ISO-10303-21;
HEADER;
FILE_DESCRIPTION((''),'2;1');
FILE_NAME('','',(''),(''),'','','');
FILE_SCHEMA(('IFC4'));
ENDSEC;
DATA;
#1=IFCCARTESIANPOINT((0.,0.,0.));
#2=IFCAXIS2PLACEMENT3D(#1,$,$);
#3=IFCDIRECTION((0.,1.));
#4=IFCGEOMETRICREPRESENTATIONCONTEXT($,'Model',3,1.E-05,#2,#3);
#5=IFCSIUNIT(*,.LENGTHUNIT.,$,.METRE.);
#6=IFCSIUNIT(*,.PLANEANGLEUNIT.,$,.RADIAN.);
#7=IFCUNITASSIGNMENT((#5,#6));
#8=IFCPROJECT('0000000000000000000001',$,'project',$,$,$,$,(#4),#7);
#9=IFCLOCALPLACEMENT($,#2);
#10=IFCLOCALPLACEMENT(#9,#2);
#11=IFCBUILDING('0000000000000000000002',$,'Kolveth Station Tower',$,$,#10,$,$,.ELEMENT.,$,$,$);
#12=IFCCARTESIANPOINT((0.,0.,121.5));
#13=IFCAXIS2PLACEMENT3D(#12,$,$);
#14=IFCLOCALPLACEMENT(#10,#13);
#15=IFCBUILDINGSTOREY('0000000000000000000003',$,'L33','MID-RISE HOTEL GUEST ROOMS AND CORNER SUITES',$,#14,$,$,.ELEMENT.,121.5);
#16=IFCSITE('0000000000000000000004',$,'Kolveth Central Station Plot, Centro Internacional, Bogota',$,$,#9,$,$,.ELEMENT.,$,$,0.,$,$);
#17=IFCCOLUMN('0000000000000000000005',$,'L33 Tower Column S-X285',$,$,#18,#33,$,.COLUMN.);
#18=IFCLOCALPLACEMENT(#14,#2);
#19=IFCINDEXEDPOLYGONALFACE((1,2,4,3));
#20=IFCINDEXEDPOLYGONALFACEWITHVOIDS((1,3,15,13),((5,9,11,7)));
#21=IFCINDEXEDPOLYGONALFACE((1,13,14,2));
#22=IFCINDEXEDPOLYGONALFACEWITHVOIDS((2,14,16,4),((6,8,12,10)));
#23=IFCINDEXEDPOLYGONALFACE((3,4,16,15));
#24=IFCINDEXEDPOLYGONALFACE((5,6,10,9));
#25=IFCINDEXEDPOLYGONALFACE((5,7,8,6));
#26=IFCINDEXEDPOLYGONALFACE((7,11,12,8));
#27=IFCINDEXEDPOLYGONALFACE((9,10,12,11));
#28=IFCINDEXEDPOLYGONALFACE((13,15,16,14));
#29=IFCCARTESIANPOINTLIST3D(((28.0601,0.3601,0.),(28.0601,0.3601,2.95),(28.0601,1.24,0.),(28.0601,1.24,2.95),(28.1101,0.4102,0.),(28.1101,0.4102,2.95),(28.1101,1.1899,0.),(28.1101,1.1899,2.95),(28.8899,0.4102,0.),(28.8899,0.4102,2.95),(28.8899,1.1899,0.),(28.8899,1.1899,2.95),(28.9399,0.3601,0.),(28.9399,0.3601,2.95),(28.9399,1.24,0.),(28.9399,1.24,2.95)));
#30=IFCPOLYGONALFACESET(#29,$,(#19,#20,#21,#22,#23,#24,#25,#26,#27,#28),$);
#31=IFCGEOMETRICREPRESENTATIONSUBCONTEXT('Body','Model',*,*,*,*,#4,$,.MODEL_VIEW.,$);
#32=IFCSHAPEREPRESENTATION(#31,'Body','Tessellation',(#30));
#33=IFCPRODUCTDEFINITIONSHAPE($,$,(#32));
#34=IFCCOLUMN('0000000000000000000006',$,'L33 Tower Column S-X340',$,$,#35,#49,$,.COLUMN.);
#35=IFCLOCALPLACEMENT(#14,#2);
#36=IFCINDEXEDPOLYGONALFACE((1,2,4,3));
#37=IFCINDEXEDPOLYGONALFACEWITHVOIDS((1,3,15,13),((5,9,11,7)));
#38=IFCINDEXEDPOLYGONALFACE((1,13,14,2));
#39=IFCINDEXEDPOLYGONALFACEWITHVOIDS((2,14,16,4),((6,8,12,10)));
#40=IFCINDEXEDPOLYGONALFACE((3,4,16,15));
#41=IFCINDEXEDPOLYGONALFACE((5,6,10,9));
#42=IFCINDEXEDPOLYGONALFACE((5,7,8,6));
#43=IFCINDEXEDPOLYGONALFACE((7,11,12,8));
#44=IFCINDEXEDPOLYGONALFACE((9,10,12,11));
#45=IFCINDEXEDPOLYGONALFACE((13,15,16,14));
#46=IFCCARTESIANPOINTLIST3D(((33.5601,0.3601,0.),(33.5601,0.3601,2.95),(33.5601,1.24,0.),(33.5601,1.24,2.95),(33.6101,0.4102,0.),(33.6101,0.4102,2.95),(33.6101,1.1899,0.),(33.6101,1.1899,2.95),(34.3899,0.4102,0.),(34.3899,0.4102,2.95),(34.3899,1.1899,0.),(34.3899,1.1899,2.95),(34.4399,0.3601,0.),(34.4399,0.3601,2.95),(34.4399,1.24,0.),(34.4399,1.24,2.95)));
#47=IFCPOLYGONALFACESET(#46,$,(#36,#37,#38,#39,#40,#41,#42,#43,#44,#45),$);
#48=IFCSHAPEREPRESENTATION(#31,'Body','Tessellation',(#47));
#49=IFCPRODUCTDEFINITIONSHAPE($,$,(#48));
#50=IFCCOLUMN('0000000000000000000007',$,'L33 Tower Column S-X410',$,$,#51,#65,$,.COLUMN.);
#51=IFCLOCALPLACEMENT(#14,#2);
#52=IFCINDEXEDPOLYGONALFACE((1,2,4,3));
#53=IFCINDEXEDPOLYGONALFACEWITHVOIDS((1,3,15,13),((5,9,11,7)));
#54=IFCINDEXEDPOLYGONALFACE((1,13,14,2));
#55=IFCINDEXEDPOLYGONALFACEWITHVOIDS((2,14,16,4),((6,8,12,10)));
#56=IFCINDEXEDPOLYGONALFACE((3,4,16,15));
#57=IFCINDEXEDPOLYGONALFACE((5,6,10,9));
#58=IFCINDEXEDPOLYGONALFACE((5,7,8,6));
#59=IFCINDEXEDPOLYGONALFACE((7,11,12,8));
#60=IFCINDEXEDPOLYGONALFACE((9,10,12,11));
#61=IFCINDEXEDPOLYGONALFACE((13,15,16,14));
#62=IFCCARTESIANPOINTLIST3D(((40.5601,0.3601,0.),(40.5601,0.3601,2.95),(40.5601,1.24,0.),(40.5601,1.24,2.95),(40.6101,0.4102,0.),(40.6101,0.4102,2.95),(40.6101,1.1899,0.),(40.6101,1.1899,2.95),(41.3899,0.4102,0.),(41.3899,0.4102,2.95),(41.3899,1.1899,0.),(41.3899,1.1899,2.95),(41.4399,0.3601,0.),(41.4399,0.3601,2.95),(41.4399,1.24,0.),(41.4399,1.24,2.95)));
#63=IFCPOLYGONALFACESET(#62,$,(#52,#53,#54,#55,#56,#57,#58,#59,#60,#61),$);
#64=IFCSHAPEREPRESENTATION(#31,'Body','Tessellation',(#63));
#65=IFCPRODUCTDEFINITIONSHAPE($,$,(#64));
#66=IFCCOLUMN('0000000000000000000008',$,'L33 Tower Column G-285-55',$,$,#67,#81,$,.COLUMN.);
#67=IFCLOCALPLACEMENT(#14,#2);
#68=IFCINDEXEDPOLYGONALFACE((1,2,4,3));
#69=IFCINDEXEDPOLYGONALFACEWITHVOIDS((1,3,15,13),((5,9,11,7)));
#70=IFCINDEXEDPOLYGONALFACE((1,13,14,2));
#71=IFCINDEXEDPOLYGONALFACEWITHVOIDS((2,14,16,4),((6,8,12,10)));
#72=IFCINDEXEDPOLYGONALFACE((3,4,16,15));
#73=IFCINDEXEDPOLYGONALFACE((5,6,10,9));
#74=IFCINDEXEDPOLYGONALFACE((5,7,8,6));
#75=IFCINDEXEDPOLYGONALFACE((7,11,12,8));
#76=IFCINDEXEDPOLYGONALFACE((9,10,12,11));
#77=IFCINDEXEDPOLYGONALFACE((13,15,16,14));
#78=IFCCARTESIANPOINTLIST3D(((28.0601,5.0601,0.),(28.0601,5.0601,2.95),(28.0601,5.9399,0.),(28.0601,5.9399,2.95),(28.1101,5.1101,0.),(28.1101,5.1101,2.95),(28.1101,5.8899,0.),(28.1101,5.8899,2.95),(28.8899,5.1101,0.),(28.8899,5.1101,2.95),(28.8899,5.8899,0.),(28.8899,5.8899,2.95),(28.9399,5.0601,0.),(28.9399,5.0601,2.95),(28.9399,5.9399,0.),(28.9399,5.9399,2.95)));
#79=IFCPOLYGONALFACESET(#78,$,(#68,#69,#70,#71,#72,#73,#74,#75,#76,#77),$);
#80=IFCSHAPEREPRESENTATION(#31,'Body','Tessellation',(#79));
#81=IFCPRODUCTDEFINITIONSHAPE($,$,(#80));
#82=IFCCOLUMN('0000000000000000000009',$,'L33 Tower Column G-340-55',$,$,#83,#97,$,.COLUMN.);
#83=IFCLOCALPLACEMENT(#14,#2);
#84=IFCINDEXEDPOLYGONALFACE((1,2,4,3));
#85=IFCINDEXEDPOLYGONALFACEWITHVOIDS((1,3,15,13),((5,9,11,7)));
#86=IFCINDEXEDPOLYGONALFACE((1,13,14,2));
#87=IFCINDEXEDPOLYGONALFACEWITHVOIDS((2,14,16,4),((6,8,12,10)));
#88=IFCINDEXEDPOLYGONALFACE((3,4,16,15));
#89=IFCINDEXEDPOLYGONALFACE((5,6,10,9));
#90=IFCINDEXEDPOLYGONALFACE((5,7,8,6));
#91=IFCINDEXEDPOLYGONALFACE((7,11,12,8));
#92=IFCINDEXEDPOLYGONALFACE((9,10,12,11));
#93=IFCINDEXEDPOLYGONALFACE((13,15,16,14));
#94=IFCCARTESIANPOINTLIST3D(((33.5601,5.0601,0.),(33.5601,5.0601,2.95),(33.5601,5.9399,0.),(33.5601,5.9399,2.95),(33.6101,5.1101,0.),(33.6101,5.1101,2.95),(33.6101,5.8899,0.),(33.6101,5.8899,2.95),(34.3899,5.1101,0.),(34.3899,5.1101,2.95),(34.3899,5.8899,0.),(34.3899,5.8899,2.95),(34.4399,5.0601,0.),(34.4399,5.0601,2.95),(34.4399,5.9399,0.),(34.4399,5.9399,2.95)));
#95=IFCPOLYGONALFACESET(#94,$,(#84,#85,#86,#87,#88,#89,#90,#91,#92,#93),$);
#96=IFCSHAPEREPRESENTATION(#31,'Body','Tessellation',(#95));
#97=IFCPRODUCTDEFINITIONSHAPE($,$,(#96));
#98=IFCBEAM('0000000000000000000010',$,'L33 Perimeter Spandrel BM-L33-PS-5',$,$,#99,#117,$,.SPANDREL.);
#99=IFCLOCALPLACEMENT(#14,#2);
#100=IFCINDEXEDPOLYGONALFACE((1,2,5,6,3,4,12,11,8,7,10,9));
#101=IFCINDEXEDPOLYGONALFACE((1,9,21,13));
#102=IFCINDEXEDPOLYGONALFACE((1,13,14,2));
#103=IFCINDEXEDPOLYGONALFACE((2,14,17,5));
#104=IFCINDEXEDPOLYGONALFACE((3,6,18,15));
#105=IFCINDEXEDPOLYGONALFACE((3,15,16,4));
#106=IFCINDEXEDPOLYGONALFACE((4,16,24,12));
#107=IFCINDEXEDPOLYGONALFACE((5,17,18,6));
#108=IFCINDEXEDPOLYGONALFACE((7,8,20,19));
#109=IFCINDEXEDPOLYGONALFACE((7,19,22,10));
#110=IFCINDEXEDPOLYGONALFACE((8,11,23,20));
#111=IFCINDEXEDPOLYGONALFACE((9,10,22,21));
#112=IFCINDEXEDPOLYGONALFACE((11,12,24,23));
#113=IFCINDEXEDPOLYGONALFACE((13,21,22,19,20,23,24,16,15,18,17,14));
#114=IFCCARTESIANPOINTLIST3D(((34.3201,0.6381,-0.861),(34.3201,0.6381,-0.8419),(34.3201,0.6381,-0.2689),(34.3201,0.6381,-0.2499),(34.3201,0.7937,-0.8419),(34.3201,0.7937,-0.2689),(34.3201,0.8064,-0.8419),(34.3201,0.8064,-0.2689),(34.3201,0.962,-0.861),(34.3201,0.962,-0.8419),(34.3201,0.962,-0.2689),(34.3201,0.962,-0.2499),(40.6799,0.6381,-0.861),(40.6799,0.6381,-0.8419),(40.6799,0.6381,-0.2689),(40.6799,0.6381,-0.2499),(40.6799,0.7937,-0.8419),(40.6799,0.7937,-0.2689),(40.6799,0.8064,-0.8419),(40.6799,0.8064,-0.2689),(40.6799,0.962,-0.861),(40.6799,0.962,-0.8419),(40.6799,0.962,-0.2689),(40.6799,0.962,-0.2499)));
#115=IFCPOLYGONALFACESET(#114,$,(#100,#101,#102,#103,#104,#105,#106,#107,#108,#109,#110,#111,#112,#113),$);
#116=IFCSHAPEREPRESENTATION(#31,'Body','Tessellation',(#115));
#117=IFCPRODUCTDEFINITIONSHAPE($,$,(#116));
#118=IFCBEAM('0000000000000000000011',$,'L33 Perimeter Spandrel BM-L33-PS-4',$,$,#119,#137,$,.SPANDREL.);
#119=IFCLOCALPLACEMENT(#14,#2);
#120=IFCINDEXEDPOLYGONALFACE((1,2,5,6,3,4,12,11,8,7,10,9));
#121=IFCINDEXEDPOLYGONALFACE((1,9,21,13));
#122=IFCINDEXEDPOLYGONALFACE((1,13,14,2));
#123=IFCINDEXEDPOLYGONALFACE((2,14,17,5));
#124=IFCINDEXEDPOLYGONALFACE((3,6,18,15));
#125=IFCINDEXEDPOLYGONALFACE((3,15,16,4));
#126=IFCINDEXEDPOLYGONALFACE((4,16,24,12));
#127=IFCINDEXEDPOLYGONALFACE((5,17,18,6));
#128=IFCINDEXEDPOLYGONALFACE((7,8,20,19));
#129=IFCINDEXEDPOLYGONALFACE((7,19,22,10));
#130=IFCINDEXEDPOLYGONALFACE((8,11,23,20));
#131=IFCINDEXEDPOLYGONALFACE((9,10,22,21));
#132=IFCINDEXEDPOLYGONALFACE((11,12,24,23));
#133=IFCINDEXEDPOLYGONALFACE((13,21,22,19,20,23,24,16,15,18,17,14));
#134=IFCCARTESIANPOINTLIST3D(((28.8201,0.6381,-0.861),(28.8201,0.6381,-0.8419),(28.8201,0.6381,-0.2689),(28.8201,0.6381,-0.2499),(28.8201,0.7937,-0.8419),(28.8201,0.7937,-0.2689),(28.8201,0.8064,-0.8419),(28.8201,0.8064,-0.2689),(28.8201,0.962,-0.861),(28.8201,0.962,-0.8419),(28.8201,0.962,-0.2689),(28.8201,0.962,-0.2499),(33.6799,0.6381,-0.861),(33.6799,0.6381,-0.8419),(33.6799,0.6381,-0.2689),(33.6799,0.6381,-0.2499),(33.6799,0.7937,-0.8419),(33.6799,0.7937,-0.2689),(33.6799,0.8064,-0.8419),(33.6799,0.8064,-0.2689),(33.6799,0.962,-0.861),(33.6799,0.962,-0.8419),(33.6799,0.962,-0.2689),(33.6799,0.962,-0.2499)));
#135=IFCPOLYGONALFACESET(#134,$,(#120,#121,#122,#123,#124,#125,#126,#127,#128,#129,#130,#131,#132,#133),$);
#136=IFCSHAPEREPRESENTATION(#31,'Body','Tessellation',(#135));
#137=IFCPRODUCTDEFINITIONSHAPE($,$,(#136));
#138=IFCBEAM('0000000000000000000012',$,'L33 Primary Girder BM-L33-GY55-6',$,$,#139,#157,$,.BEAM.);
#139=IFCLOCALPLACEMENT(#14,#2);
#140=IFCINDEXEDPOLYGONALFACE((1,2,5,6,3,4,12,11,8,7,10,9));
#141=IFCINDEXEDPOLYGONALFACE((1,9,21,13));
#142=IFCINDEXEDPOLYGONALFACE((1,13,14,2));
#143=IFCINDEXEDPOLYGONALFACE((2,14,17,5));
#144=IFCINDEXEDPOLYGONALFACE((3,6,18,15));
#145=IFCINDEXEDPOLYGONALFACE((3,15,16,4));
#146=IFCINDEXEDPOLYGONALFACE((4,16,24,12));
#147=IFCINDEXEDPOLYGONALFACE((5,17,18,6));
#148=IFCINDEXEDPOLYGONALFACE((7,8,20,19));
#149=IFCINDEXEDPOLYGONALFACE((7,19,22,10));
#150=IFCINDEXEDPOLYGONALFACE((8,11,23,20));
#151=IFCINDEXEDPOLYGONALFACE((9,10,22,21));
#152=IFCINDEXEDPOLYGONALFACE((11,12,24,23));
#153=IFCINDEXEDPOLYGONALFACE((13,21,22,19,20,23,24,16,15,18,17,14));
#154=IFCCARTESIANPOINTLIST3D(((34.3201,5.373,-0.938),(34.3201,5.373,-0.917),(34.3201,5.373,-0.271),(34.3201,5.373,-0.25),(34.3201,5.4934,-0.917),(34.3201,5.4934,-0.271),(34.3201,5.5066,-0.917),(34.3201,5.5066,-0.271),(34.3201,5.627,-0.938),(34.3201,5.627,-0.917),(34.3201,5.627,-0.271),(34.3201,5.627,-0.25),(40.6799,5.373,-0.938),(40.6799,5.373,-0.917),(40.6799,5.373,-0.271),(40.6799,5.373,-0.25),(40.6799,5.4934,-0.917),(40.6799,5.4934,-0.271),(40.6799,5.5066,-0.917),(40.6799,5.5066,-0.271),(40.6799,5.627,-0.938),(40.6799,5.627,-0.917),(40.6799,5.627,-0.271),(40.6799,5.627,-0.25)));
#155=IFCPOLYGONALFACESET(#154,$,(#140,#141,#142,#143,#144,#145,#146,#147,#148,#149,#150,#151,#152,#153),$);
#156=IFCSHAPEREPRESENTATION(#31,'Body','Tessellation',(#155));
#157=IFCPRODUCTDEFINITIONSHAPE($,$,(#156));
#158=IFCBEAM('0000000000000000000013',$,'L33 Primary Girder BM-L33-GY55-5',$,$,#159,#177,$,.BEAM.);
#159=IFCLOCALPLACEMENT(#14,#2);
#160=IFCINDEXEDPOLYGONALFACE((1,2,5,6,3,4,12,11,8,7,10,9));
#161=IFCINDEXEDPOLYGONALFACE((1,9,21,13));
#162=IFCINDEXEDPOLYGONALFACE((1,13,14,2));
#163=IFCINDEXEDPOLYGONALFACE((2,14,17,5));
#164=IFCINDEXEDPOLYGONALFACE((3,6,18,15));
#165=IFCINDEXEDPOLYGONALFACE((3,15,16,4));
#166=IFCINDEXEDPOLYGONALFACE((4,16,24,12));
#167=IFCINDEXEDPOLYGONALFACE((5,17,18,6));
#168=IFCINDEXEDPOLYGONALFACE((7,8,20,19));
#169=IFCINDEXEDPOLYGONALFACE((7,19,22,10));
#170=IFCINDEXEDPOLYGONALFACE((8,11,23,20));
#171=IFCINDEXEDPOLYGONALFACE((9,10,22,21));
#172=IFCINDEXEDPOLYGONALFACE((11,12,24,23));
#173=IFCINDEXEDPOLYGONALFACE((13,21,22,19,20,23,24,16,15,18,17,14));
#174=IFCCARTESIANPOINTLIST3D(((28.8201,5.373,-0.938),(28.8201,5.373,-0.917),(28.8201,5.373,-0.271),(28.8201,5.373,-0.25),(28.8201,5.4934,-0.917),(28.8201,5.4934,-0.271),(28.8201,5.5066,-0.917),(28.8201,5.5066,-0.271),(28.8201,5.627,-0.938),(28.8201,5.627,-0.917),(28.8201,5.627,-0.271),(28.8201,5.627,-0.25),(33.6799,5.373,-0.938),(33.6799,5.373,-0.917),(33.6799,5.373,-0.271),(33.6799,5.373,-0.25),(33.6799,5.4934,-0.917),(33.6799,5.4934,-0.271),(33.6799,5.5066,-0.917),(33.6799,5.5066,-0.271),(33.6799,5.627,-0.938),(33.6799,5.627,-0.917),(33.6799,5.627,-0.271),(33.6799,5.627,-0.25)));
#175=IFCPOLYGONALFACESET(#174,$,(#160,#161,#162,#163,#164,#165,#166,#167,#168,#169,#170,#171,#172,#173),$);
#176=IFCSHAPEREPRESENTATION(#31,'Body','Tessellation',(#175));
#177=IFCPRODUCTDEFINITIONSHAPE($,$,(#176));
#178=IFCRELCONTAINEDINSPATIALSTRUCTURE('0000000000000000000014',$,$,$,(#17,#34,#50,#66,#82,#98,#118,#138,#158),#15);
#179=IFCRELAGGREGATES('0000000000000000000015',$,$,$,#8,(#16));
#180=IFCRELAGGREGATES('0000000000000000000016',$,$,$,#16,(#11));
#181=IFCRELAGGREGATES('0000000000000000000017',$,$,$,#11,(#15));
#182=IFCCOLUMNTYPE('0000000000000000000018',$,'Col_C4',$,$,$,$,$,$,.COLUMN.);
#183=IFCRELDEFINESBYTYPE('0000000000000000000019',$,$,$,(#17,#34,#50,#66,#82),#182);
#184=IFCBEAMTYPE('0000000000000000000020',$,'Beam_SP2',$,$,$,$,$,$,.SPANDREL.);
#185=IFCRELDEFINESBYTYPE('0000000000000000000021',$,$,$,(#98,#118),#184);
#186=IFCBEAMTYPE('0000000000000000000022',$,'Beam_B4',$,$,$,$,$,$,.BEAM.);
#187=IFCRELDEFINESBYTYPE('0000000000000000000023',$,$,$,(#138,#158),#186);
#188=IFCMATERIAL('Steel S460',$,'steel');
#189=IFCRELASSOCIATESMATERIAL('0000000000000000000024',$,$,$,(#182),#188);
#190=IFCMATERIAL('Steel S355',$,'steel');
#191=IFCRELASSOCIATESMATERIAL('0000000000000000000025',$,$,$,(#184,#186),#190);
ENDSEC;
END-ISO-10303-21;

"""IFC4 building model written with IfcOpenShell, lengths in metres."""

from ifc_helpers import new_model, si_unit, direction, frame, origin, origin_2d, place, context, subcontext, project, spatial, hollow_rectangle, i_section, extrude, source, transform, mapped, material, material_profile, profile_set, type_object, element, save


model = new_model("IFC4")

# Units and contexts
model_context = context("Model", 3, precision=1e-05, world=origin(), true_north=direction((0.0, 1.0)))
body_context = subcontext(model_context, "Body", "Model", "MODEL_VIEW")
ifc_project = project(units=[si_unit("LENGTHUNIT", "METRE"), si_unit("PLANEANGLEUNIT", "RADIAN")], contexts=[model_context])

# Site, building, storey
site_placement = place(None, origin())
site = spatial("IfcSite", under=ifc_project, at=site_placement, Name="Kolveth Central Station Plot, Centro Internacional, Bogota", CompositionType="ELEMENT", RefElevation=0.0)
building_placement = place(site_placement, origin())
building = spatial("IfcBuilding", under=site, at=building_placement, Name="Kolveth Station Tower", CompositionType="ELEMENT")
storey_placement = place(building_placement, frame((0.0, 0.0, 121.5)))
storey = spatial("IfcBuildingStorey", under=building, at=storey_placement, Name="L33", Description="MID-RISE HOTEL GUEST ROOMS AND CORNER SUITES", CompositionType="ELEMENT", Elevation=121.5)

# Columns
ifc_material_1 = material(Name="Steel S460", Category="steel")
ifc_material_profile_1 = material_profile(ifc_material_1, hollow_rectangle(XDim=0.8799, YDim=0.8799, WallThickness=0.05, at=origin_2d()), Name="BOX880x880x50")
ifc_profile_set_1 = profile_set([ifc_material_profile_1], Name="Steel S460")
column_type = type_object("IfcColumnType", Name="Col_C4", PredefinedType="COLUMN", material=ifc_profile_set_1)
shared_shape_1 = source(origin(), body_context, "Body", "SweptSolid", [
    extrude(hollow_rectangle(XDim=0.8799, YDim=0.8799, WallThickness=0.05, at=origin_2d()), origin(), (0.0, 0.0, 1.0), 2.95),
])
for number, where, z_axis, x_axis, name in (
    (1, (28.5, 0.8, 0.0), (0.0, 0.0, 1.0), (1.0, 0.0, 0.0), "L33 Tower Column S-X285"),
    (2, (34.0, 0.8, 0.0), (0.0, 0.0, 1.0), (1.0, 0.0, 0.0), "L33 Tower Column S-X340"),
    (3, (41.0, 0.8, 0.0), (0.0, 0.0, 1.0), (1.0, 0.0, 0.0), "L33 Tower Column S-X410"),
    (4, (28.5, 5.5, 0.0), (0.0, 0.0, 1.0), (1.0, 0.0, 0.0), "L33 Tower Column G-285-55"),
    (5, (34.0, 5.5, 0.0), (0.0, 0.0, 1.0), (1.0, 0.0, 0.0), "L33 Tower Column G-340-55"),
):
    element("IfcColumn", number, at=place(storey_placement, frame(where, z_axis=z_axis, x_axis=x_axis)), inside=storey, type_object=column_type, Name=name, PredefinedType="COLUMN", context=body_context, shape_type="MappedRepresentation", body=[
        mapped(shared_shape_1, transform((0.0, 0.0, 0.0), x_axis=(1.0, 0.0, 0.0), y_axis=(0.0, 1.0, 0.0), z_axis=(0.0, 0.0, 1.0), scale=1.0)),
    ])

# Beams
ifc_material_2 = material(Name="Steel S355", Category="steel")
ifc_material_profile_2 = material_profile(ifc_material_2, i_section(OverallWidth=0.324, OverallDepth=0.6111, WebThickness=0.0127, FlangeThickness=0.019, at=origin_2d()), Name="W610x155")
ifc_profile_set_2 = profile_set([ifc_material_profile_2], Name="Steel S355")
beam_type_1 = type_object("IfcBeamType", Name="Beam_SP2", PredefinedType="SPANDREL", material=ifc_profile_set_2)
shared_shape_2 = source(origin(), body_context, "Body", "SweptSolid", [
    extrude(i_section(OverallWidth=0.324, OverallDepth=0.6111, WebThickness=0.0127, FlangeThickness=0.019, at=origin_2d()), origin(), (0.0, 0.0, 1.0), 6.3599),
])
beam_1_placement = place(storey_placement, frame((34.3201, 0.8, -0.5554), z_axis=(1.0, 0.0, 0.0), x_axis=(0.0, 1.0, 0.0)))
element("IfcBeam", 6, at=beam_1_placement, inside=storey, type_object=beam_type_1, Name="L33 Perimeter Spandrel BM-L33-PS-5", PredefinedType="SPANDREL", context=body_context, shape_type="MappedRepresentation", body=[
    mapped(shared_shape_2, transform((0.0, 0.0, 0.0), x_axis=(1.0, 0.0, 0.0), y_axis=(0.0, 1.0, 0.0), z_axis=(0.0, 0.0, 1.0), scale=1.0)),
])
shared_shape_3 = source(origin(), body_context, "Body", "SweptSolid", [
    extrude(i_section(OverallWidth=0.324, OverallDepth=0.6111, WebThickness=0.0127, FlangeThickness=0.019, at=origin_2d()), origin(), (0.0, 0.0, 1.0), 4.8599),
])
beam_2_placement = place(storey_placement, frame((28.8201, 0.8, -0.5554), z_axis=(1.0, 0.0, 0.0), x_axis=(0.0, 1.0, 0.0)))
element("IfcBeam", 7, at=beam_2_placement, inside=storey, type_object=beam_type_1, Name="L33 Perimeter Spandrel BM-L33-PS-4", PredefinedType="SPANDREL", context=body_context, shape_type="MappedRepresentation", body=[
    mapped(shared_shape_3, transform((0.0, 0.0, 0.0), x_axis=(1.0, 0.0, 0.0), y_axis=(0.0, 1.0, 0.0), z_axis=(0.0, 0.0, 1.0), scale=1.0)),
])
ifc_material_profile_3 = material_profile(ifc_material_2, i_section(OverallWidth=0.2539, OverallDepth=0.688, WebThickness=0.0132, FlangeThickness=0.021, at=origin_2d()), Name="W690x152")
ifc_profile_set_3 = profile_set([ifc_material_profile_3], Name="Steel S355")
beam_type_2 = type_object("IfcBeamType", Name="Beam_B4", PredefinedType="BEAM", material=ifc_profile_set_3)
shared_shape_4 = source(origin(), body_context, "Body", "SweptSolid", [
    extrude(i_section(OverallWidth=0.2539, OverallDepth=0.688, WebThickness=0.0132, FlangeThickness=0.021, at=origin_2d()), origin(), (0.0, 0.0, 1.0), 6.3599),
])
beam_3_placement = place(storey_placement, frame((34.3201, 5.5, -0.594), z_axis=(1.0, 0.0, 0.0), x_axis=(0.0, 1.0, 0.0)))
element("IfcBeam", 8, at=beam_3_placement, inside=storey, type_object=beam_type_2, Name="L33 Primary Girder BM-L33-GY55-6", PredefinedType="BEAM", context=body_context, shape_type="MappedRepresentation", body=[
    mapped(shared_shape_4, transform((0.0, 0.0, 0.0), x_axis=(1.0, 0.0, 0.0), y_axis=(0.0, 1.0, 0.0), z_axis=(0.0, 0.0, 1.0), scale=1.0)),
])
shared_shape_5 = source(origin(), body_context, "Body", "SweptSolid", [
    extrude(i_section(OverallWidth=0.2539, OverallDepth=0.688, WebThickness=0.0132, FlangeThickness=0.021, at=origin_2d()), origin(), (0.0, 0.0, 1.0), 4.8599),
])
beam_4_placement = place(storey_placement, frame((28.8201, 5.5, -0.594), z_axis=(1.0, 0.0, 0.0), x_axis=(0.0, 1.0, 0.0)))
element("IfcBeam", 9, at=beam_4_placement, inside=storey, type_object=beam_type_2, Name="L33 Primary Girder BM-L33-GY55-5", PredefinedType="BEAM", context=body_context, shape_type="MappedRepresentation", body=[
    mapped(shared_shape_5, transform((0.0, 0.0, 0.0), x_axis=(1.0, 0.0, 0.0), y_axis=(0.0, 1.0, 0.0), z_axis=(0.0, 0.0, 1.0), scale=1.0)),
])

save(model, "model.ifc")
